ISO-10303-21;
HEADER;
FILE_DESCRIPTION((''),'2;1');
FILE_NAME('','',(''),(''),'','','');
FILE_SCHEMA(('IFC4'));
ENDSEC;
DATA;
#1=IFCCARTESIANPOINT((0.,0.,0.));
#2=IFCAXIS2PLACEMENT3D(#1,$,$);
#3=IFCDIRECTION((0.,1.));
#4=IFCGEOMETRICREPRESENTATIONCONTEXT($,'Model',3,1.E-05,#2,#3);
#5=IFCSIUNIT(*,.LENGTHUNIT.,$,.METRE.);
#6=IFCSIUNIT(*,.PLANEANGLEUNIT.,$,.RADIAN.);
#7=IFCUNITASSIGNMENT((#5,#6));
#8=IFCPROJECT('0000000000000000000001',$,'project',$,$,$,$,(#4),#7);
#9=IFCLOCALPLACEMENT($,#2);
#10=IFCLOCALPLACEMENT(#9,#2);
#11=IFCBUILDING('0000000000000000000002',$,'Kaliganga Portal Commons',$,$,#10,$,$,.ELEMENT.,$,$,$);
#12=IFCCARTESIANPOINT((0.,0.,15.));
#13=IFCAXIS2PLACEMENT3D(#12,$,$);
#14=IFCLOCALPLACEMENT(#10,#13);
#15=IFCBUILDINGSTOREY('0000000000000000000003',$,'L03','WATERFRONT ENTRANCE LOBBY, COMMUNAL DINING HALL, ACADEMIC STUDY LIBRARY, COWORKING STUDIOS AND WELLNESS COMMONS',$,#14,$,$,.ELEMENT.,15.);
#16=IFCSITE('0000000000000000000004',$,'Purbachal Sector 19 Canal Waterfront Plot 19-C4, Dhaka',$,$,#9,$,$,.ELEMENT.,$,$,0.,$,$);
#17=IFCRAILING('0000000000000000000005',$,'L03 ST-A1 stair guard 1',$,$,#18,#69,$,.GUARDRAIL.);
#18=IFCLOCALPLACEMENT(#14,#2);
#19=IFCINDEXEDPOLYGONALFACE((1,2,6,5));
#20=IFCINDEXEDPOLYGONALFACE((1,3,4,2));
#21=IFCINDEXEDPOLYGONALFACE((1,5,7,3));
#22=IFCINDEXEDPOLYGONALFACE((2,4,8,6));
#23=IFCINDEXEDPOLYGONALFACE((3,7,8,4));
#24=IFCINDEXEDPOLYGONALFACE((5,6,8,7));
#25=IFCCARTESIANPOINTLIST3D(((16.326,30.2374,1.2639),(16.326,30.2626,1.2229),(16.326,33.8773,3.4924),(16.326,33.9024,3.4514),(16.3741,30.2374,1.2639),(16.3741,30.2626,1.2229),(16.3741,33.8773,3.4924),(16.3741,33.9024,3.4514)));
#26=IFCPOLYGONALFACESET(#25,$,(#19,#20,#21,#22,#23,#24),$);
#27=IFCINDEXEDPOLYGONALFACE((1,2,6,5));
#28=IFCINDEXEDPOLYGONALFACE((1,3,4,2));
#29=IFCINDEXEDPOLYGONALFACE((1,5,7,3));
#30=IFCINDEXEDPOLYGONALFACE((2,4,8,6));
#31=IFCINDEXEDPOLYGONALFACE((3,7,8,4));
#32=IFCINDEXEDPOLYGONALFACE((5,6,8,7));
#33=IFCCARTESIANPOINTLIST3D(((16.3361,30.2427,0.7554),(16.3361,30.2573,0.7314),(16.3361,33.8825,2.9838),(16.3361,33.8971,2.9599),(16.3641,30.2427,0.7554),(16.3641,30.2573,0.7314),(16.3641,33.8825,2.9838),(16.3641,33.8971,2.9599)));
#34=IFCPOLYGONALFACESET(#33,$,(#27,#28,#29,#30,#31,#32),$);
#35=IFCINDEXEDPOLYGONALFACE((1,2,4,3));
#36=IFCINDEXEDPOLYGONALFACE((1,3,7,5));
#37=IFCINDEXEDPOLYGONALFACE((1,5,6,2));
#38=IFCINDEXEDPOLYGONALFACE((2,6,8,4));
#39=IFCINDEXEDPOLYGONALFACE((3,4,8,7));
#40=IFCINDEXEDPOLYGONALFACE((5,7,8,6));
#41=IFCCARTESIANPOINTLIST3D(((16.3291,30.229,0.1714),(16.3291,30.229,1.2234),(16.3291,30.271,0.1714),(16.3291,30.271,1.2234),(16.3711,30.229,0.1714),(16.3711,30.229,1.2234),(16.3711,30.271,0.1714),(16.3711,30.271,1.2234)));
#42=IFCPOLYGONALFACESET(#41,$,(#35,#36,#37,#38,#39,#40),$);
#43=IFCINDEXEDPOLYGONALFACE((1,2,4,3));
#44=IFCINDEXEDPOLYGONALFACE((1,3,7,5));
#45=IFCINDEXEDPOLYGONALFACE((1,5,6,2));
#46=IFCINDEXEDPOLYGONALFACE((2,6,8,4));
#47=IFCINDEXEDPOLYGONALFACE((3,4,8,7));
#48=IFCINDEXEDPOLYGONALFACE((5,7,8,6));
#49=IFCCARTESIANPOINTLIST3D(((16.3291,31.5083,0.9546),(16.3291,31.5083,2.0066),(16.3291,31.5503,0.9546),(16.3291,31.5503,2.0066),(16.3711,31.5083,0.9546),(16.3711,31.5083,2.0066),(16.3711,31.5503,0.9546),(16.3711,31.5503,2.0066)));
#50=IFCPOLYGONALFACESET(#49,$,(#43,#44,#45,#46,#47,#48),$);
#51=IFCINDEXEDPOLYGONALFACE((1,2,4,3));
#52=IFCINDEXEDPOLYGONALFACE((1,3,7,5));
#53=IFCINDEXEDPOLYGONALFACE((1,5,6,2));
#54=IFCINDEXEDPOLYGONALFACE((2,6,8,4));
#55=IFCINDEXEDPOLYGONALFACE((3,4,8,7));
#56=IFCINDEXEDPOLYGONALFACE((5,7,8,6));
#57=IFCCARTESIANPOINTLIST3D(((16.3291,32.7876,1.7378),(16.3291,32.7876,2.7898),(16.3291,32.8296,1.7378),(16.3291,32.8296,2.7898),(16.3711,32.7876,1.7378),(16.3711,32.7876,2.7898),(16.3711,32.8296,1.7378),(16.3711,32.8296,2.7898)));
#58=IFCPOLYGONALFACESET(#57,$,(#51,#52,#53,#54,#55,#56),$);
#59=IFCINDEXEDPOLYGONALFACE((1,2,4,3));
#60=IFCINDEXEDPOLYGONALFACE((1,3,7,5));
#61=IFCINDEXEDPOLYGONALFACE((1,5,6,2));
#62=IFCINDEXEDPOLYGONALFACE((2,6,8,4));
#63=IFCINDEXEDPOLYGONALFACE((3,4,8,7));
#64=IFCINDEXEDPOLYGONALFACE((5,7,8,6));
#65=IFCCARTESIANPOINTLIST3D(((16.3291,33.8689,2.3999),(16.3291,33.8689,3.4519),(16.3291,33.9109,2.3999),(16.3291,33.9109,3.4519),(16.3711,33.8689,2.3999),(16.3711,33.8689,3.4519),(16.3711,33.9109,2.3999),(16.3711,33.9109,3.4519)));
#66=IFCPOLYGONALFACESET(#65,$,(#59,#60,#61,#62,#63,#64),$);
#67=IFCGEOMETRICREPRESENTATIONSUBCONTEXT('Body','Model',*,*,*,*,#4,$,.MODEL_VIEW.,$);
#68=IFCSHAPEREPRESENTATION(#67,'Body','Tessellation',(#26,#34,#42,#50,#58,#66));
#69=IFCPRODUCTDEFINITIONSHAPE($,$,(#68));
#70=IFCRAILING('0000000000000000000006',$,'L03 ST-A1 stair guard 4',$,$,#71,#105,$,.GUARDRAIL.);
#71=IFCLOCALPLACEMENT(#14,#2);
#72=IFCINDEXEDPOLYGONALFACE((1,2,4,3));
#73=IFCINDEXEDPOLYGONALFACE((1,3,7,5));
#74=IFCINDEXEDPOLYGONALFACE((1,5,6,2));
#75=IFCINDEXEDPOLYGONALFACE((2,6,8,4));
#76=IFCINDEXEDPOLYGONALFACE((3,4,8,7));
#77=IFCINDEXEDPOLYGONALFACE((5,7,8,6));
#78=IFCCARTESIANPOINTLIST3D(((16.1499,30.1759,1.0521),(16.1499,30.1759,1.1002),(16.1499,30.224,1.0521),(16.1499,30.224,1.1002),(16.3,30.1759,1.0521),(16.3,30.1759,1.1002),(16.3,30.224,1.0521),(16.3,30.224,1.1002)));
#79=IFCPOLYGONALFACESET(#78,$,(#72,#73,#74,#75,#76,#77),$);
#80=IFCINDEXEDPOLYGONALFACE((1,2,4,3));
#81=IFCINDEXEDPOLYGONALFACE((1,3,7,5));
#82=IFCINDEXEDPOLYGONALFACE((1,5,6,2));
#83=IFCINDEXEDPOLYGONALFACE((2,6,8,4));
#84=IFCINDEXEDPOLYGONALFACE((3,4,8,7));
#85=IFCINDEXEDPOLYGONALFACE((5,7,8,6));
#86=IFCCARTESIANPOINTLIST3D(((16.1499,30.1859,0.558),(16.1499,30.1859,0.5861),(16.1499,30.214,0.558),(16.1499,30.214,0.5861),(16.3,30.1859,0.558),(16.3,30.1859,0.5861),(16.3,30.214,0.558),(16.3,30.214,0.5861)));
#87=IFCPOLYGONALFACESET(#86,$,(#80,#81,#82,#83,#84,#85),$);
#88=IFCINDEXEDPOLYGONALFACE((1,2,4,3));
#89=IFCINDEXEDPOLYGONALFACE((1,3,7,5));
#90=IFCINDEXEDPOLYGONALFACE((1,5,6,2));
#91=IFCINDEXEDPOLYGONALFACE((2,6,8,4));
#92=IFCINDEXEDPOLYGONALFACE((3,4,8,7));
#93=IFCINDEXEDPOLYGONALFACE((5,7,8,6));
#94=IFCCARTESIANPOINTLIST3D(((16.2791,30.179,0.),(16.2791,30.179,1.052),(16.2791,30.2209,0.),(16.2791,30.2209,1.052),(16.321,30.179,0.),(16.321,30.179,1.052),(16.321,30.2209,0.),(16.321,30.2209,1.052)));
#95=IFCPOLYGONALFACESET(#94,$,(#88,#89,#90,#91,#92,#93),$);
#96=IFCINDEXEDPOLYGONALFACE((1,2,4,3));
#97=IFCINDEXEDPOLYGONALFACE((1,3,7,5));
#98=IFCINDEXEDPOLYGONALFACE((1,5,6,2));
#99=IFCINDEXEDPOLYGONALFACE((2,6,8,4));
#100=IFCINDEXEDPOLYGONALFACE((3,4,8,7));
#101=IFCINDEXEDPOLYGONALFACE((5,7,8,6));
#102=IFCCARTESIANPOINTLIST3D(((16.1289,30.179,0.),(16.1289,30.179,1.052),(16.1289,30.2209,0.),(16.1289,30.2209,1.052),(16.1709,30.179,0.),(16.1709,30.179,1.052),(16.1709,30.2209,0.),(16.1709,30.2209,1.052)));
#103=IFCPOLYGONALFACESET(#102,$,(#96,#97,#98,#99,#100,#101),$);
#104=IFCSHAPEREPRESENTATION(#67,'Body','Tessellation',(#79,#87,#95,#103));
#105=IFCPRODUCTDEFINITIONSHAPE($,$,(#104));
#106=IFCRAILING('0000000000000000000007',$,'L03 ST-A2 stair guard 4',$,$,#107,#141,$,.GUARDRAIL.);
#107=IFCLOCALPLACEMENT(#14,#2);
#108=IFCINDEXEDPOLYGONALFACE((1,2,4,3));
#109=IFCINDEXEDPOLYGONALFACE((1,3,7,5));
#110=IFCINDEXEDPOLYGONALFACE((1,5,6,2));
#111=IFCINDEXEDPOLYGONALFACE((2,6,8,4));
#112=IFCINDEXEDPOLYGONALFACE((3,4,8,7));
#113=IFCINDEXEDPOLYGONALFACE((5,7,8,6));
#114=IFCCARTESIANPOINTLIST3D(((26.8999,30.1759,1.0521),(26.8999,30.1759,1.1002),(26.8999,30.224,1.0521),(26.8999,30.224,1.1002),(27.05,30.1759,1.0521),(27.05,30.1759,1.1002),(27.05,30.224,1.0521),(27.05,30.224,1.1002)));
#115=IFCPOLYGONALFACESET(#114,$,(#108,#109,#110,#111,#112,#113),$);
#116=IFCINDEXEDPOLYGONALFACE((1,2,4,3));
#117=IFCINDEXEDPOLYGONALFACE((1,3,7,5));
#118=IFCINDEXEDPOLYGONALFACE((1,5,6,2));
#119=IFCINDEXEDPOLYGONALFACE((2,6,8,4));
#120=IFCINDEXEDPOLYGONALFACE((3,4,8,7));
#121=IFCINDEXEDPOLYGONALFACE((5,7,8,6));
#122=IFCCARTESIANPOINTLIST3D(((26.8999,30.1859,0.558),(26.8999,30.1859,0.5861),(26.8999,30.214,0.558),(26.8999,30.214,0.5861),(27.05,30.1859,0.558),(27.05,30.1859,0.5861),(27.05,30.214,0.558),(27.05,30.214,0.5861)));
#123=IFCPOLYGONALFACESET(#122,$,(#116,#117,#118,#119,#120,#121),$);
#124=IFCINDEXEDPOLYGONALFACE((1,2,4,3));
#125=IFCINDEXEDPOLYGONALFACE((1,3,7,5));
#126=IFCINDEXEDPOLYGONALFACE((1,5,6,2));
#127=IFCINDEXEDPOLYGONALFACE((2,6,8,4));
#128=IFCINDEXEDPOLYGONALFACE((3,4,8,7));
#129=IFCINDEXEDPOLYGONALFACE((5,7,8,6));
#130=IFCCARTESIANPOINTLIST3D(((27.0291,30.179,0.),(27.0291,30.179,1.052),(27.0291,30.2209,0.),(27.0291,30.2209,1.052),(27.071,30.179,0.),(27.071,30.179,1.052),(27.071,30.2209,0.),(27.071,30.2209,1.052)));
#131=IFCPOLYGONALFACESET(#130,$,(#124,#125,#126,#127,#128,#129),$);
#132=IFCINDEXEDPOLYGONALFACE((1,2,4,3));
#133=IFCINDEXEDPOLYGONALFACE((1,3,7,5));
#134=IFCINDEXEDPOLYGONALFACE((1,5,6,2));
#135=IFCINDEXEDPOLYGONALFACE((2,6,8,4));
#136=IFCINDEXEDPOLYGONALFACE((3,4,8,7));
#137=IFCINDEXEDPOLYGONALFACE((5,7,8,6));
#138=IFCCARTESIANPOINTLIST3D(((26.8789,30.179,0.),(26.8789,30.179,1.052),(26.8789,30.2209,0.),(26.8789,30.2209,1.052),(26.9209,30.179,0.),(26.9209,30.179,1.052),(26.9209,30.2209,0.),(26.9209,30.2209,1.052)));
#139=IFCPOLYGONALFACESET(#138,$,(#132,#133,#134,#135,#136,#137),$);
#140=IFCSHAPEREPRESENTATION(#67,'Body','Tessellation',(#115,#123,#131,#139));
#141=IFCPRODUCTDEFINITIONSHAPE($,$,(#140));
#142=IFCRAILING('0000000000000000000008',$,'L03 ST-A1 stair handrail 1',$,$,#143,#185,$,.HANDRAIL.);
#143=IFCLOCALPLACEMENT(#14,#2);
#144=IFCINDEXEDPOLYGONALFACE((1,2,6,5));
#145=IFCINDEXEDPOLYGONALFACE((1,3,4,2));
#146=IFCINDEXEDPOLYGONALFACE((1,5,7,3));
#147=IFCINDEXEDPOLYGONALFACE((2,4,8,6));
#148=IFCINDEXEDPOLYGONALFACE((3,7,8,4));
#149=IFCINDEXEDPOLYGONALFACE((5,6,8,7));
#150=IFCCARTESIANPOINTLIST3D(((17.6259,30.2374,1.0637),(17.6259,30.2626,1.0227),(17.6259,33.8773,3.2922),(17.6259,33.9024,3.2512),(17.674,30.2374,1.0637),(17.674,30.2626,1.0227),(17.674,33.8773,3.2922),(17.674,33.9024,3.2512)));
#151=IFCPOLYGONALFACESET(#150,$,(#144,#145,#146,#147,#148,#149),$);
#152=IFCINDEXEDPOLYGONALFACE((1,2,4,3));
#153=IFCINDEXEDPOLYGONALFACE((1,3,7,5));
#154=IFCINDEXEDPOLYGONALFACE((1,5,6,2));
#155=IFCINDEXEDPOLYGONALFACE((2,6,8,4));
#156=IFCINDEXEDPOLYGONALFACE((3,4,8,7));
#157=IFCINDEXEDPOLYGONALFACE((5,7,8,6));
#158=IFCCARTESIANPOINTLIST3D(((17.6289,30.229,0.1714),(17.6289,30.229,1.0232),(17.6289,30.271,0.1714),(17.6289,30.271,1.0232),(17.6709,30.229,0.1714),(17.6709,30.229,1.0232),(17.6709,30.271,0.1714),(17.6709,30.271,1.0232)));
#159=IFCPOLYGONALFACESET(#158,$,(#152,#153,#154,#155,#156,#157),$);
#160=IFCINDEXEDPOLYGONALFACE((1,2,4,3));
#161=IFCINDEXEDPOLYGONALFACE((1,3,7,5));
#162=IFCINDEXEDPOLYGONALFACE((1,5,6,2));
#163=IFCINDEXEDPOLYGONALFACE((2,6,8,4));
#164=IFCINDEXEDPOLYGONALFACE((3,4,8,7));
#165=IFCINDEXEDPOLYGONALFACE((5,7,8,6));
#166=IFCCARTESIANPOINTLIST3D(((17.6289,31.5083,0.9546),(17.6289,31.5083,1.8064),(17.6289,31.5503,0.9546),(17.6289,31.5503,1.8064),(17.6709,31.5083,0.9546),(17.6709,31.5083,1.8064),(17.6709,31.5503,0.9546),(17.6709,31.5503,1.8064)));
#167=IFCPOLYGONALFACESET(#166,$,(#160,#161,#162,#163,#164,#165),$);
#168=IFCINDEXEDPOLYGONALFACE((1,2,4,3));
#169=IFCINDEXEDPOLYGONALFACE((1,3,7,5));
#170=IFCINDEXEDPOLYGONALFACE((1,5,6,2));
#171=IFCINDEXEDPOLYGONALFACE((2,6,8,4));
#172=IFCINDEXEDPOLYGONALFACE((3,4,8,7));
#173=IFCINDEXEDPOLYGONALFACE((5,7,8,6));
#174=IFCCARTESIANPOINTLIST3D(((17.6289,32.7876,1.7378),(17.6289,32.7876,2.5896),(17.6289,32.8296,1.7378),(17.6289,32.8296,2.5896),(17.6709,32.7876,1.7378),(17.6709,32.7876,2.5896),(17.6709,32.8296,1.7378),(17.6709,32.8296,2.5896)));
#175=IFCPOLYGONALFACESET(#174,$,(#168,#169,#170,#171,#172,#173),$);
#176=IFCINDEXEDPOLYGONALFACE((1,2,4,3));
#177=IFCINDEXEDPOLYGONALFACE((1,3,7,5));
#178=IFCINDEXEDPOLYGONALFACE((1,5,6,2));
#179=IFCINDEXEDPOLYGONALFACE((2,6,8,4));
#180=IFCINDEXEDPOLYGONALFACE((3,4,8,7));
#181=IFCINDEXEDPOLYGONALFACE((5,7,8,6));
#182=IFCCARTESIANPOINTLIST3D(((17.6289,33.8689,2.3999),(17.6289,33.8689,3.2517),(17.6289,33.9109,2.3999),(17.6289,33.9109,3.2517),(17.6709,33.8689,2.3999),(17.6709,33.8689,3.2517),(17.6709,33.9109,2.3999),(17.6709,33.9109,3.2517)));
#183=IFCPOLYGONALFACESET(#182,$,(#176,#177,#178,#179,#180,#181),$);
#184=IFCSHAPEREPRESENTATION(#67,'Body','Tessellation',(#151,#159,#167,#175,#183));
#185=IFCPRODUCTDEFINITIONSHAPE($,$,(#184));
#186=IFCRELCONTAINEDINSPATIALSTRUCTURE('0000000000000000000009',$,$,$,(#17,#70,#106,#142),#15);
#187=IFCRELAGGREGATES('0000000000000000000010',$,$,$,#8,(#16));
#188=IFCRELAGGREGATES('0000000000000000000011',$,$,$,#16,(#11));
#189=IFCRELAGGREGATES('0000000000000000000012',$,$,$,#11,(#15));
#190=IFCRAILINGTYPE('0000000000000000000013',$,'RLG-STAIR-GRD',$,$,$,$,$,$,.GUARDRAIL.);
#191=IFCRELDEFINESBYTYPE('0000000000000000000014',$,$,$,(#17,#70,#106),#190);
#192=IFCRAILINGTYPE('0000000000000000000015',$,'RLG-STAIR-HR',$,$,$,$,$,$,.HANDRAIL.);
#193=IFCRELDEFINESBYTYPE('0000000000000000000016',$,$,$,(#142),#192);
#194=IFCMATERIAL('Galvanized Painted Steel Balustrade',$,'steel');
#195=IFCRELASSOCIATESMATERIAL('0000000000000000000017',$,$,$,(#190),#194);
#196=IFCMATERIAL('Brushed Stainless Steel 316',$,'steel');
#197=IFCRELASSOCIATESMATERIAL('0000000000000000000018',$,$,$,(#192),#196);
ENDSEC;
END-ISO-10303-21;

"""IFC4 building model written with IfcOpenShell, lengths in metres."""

from ifc_helpers import new_model, si_unit, direction, frame, origin, origin_2d, place, context, subcontext, project, spatial, rectangle, extrude, material, type_object, element, save


model = new_model("IFC4")

# Units and contexts
model_context = context("Model", 3, precision=1e-05, world=origin(), true_north=direction((0.0, 1.0)))
body_context = subcontext(model_context, "Body", "Model", "MODEL_VIEW")
ifc_project = project(units=[si_unit("LENGTHUNIT", "METRE"), si_unit("PLANEANGLEUNIT", "RADIAN")], contexts=[model_context])

# Site, building, storey
site_placement = place(None, origin())
site = spatial("IfcSite", under=ifc_project, at=site_placement, Name="Purbachal Sector 19 Canal Waterfront Plot 19-C4, Dhaka", CompositionType="ELEMENT", RefElevation=0.0)
building_placement = place(site_placement, origin())
building = spatial("IfcBuilding", under=site, at=building_placement, Name="Kaliganga Portal Commons", CompositionType="ELEMENT")
storey_placement = place(building_placement, frame((0.0, 0.0, 15.0)))
storey = spatial("IfcBuildingStorey", under=building, at=storey_placement, Name="L03", Description="WATERFRONT ENTRANCE LOBBY, COMMUNAL DINING HALL, ACADEMIC STUDY LIBRARY, COWORKING STUDIOS AND WELLNESS COMMONS", CompositionType="ELEMENT", Elevation=15.0)

# Railings
ifc_material_1 = material(Name="Galvanized Painted Steel Balustrade", Category="steel")
railing_type_1 = type_object("IfcRailingType", Name="RLG-STAIR-GRD", PredefinedType="GUARDRAIL", material=ifc_material_1)
railing_1_placement = place(storey_placement, frame((16.3501, 30.25, 0.1714)))
element("IfcRailing", 1, at=railing_1_placement, inside=storey, type_object=railing_type_1, Name="L03 ST-A1 stair guard 1", PredefinedType="GUARDRAIL", context=body_context, shape_type="SweptSolid", body=[
    extrude(rectangle(XDim=0.0481, YDim=0.0481, at=origin_2d()), frame((0.0, 0.0, 1.072), z_axis=(0.0, 0.85285, 0.522156), x_axis=(-1.0, 0.0, 0.0)), (0.0, 0.0, 1.0), 4.2678),
    extrude(rectangle(XDim=0.0281, YDim=0.0281, at=origin_2d()), frame((0.0, 0.0, 0.572), z_axis=(0.0, 0.85285, 0.522156), x_axis=(-1.0, 0.0, 0.0)), (0.0, 0.0, 1.0), 4.2678),
    extrude(rectangle(XDim=0.042, YDim=0.042, at=origin_2d()), origin(), (0.0, 0.0, 1.0), 1.052),
    extrude(rectangle(XDim=0.042, YDim=0.042, at=origin_2d()), frame((0.0, 1.2793, 0.7832)), (0.0, 0.0, 1.0), 1.052),
    extrude(rectangle(XDim=0.042, YDim=0.042, at=origin_2d()), frame((0.0, 2.5586, 1.5664)), (0.0, 0.0, 1.0), 1.052),
    extrude(rectangle(XDim=0.042, YDim=0.042, at=origin_2d()), frame((0.0, 3.6399, 2.2285)), (0.0, 0.0, 1.0), 1.052),
])
for number, where, name in (
    (2, (16.3, 30.2, 0.0), "L03 ST-A1 stair guard 4"),
    (3, (27.05, 30.2, 0.0), "L03 ST-A2 stair guard 4"),
):
    element("IfcRailing", number, at=place(storey_placement, frame(where)), inside=storey, type_object=railing_type_1, Name=name, PredefinedType="GUARDRAIL", context=body_context, shape_type="SweptSolid", body=[
        extrude(rectangle(XDim=0.0481, YDim=0.0481, at=origin_2d()), frame((0.0, 0.0, 1.0762), z_axis=(-1.0, 0.0, 0.0), x_axis=(0.0, -1.0, 0.0)), (0.0, 0.0, 1.0), 0.1501),
        extrude(rectangle(XDim=0.0281, YDim=0.0281, at=origin_2d()), frame((0.0, 0.0, 0.572), z_axis=(-1.0, 0.0, 0.0), x_axis=(0.0, -1.0, 0.0)), (0.0, 0.0, 1.0), 0.1501),
        extrude(rectangle(XDim=0.042, YDim=0.042, at=origin_2d()), origin(), (0.0, 0.0, 1.0), 1.052),
        extrude(rectangle(XDim=0.042, YDim=0.042, at=origin_2d()), frame((-0.1501, 0.0, 0.0)), (0.0, 0.0, 1.0), 1.052),
    ])
ifc_material_2 = material(Name="Brushed Stainless Steel 316", Category="steel")
railing_type_2 = type_object("IfcRailingType", Name="RLG-STAIR-HR", PredefinedType="HANDRAIL", material=ifc_material_2)
railing_2_placement = place(storey_placement, frame((17.6499, 30.25, 0.1714)))
element("IfcRailing", 4, at=railing_2_placement, inside=storey, type_object=railing_type_2, Name="L03 ST-A1 stair handrail 1", PredefinedType="HANDRAIL", context=body_context, shape_type="SweptSolid", body=[
    extrude(rectangle(XDim=0.0481, YDim=0.0481, at=origin_2d()), frame((0.0, 0.0, 0.8718), z_axis=(0.0, 0.85285, 0.522156), x_axis=(-1.0, 0.0, 0.0)), (0.0, 0.0, 1.0), 4.2678),
    extrude(rectangle(XDim=0.042, YDim=0.042, at=origin_2d()), origin(), (0.0, 0.0, 1.0), 0.8518),
    extrude(rectangle(XDim=0.042, YDim=0.042, at=origin_2d()), frame((0.0, 1.2793, 0.7832)), (0.0, 0.0, 1.0), 0.8518),
    extrude(rectangle(XDim=0.042, YDim=0.042, at=origin_2d()), frame((0.0, 2.5586, 1.5664)), (0.0, 0.0, 1.0), 0.8518),
    extrude(rectangle(XDim=0.042, YDim=0.042, at=origin_2d()), frame((0.0, 3.6399, 2.2285)), (0.0, 0.0, 1.0), 0.8518),
])

save(model, "model.ifc")
